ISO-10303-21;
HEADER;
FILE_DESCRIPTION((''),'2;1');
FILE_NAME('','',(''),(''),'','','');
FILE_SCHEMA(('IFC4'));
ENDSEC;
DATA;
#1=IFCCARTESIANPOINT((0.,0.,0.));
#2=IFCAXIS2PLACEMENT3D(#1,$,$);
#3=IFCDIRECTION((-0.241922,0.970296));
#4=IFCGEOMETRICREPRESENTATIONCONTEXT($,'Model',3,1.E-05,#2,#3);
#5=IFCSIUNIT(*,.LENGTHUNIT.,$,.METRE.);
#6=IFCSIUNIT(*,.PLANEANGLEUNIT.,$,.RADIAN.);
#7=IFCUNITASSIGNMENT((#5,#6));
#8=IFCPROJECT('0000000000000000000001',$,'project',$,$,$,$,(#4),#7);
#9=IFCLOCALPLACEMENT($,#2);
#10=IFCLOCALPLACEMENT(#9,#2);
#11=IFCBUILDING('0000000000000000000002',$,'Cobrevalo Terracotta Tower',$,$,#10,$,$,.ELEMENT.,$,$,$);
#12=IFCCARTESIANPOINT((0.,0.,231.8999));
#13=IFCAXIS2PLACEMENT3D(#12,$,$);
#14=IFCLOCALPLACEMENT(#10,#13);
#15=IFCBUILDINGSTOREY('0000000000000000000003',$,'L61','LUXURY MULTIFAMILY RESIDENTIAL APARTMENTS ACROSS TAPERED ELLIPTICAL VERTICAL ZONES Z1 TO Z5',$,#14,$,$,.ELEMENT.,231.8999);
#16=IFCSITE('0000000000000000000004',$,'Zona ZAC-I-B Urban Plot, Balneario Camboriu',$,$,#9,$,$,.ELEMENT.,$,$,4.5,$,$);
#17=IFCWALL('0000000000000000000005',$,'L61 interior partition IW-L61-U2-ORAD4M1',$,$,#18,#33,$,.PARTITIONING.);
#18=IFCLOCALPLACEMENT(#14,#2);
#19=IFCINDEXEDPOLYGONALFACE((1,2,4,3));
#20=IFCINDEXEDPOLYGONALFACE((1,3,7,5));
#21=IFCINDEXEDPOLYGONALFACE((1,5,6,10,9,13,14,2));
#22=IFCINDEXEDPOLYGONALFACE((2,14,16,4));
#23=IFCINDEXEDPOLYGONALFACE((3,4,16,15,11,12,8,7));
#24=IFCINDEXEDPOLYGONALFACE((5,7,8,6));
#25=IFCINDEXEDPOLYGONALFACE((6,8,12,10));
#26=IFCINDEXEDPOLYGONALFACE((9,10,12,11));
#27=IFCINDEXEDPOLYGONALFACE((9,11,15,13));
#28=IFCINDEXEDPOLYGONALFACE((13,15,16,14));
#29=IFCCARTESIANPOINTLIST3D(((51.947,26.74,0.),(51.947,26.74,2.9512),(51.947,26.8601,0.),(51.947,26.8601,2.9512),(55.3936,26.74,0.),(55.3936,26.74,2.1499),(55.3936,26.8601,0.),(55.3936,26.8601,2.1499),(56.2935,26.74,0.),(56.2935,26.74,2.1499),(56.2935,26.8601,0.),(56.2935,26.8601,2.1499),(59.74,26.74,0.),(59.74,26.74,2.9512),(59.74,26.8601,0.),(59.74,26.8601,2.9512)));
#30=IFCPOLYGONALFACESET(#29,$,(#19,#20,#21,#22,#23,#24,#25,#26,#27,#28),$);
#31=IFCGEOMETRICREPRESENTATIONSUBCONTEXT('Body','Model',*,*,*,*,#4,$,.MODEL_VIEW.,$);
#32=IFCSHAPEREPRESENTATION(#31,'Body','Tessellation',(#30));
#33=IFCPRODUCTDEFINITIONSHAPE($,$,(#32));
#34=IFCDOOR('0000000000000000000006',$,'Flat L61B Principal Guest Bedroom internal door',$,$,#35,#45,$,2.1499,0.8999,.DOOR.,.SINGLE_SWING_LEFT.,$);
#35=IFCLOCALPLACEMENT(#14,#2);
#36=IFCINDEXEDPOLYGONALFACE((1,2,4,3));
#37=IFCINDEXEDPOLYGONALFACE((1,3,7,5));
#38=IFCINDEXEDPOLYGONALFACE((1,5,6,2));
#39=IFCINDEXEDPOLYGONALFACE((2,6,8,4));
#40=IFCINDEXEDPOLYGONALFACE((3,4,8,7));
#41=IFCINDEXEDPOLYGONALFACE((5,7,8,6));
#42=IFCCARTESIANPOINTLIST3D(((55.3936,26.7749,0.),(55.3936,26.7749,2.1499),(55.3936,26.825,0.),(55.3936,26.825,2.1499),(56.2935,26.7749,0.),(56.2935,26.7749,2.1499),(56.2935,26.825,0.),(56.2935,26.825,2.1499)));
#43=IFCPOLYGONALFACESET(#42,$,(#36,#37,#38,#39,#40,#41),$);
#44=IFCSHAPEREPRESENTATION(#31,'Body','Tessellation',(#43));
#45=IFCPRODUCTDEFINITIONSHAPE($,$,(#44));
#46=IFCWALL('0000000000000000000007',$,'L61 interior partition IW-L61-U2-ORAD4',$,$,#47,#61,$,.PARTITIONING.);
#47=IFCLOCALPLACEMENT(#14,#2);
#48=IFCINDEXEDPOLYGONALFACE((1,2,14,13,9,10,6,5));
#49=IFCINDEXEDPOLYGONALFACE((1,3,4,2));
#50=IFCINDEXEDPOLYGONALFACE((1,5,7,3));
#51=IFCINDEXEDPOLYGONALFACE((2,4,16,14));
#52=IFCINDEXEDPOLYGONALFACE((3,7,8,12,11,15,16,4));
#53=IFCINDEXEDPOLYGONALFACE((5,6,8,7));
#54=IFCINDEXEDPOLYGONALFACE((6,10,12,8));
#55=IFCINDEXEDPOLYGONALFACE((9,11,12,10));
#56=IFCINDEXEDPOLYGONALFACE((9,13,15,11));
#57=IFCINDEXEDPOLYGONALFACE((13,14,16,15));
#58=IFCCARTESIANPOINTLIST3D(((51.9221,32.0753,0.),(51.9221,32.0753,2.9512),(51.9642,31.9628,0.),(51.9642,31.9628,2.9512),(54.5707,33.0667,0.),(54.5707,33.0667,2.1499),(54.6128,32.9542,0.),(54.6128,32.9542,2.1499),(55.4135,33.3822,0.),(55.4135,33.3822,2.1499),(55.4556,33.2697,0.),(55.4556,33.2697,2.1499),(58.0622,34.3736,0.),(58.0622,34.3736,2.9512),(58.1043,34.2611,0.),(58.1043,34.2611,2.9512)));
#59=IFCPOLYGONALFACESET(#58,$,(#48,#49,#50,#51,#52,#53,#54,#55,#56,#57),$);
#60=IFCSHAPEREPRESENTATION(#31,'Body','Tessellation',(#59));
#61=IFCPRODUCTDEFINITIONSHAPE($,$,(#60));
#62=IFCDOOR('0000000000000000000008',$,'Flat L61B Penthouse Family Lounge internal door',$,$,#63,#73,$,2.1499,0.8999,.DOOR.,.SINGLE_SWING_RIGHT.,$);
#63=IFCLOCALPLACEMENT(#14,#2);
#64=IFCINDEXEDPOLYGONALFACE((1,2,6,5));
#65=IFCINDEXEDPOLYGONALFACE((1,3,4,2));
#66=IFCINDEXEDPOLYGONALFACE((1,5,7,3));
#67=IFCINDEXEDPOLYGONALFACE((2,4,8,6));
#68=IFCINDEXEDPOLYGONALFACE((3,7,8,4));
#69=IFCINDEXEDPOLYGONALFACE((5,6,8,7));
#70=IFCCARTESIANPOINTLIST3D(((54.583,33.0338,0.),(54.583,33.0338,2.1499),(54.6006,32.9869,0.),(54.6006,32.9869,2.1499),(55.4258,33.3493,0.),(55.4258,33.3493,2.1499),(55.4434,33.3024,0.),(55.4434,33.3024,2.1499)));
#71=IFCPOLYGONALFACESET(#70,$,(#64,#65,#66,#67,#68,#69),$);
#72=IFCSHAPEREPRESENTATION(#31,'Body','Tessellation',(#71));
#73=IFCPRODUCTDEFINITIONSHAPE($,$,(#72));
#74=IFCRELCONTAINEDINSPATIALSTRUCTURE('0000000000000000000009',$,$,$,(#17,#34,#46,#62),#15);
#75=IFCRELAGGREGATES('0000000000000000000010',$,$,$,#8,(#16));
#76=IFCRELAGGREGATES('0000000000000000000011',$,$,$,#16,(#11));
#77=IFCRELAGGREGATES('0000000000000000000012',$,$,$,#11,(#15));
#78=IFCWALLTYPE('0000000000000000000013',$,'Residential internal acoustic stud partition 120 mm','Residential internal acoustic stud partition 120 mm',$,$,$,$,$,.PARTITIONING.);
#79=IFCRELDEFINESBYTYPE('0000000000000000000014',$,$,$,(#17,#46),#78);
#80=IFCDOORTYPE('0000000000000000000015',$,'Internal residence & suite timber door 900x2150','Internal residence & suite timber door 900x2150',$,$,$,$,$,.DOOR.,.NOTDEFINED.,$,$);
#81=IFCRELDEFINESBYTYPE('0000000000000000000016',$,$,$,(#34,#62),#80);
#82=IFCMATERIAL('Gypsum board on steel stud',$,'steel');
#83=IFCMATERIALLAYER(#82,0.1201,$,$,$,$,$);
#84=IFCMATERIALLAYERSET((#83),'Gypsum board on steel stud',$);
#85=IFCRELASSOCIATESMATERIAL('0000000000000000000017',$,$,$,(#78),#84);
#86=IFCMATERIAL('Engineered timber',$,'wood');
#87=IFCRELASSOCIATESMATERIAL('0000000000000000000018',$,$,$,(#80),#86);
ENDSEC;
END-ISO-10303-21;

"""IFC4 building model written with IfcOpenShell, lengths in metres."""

from ifc_helpers import new_model, si_unit, direction, frame, frame_2d, origin, place, context, subcontext, project, spatial, rectangle, extrude, source, transform, mapped, material, layer, layer_set, type_object, element, fill, save


model = new_model("IFC4")

# Units and contexts
model_context = context("Model", 3, precision=1e-05, world=origin(), true_north=direction((-0.241922, 0.970296)))
body_context = subcontext(model_context, "Body", "Model", "MODEL_VIEW")
ifc_project = project(units=[si_unit("LENGTHUNIT", "METRE"), si_unit("PLANEANGLEUNIT", "RADIAN")], contexts=[model_context])

# Site, building, storey
site_placement = place(None, origin())
site = spatial("IfcSite", under=ifc_project, at=site_placement, Name="Zona ZAC-I-B Urban Plot, Balneario Camboriu", CompositionType="ELEMENT", RefElevation=4.5)
building_placement = place(site_placement, origin())
building = spatial("IfcBuilding", under=site, at=building_placement, Name="Cobrevalo Terracotta Tower", CompositionType="ELEMENT")
storey_placement = place(building_placement, frame((0.0, 0.0, 231.8999)))
storey = spatial("IfcBuildingStorey", under=building, at=storey_placement, Name="L61", Description="LUXURY MULTIFAMILY RESIDENTIAL APARTMENTS ACROSS TAPERED ELLIPTICAL VERTICAL ZONES Z1 TO Z5", CompositionType="ELEMENT", Elevation=231.8999)

# Walls, openings, doors
ifc_material_1 = material(Name="Gypsum board on steel stud", Category="steel")
ifc_layer_1 = layer(ifc_material_1, 0.1201)
ifc_layer_set_1 = layer_set([ifc_layer_1], Name="Gypsum board on steel stud")
wall_type = type_object("IfcWallType", Name="Residential internal acoustic stud partition 120 mm", Description="Residential internal acoustic stud partition 120 mm", PredefinedType="PARTITIONING", material=ifc_layer_set_1)
wall_1_placement = place(storey_placement, frame((51.947, 26.8, 0.0), z_axis=(0.0, 0.0, 1.0), x_axis=(1.0, 0.0, 0.0)))
wall_1 = element("IfcWall", 1, at=wall_1_placement, inside=storey, type_object=wall_type, Name="L61 interior partition IW-L61-U2-ORAD4M1", PredefinedType="PARTITIONING", context=body_context, shape_type="SweptSolid", body=[
    extrude(rectangle(XDim=7.793, YDim=0.1201, at=frame_2d((3.8965, 0.0))), origin(), (0.0, 0.0, 1.0), 2.9512),
])
opening_1_placement = place(wall_1_placement, frame((3.4465, 0.0, 0.0)))
opening_1 = element("IfcOpeningElement", 2, at=opening_1_placement, cuts=wall_1, PredefinedType="OPENING", context=body_context, shape_type="SweptSolid", body=[
    extrude(rectangle(XDim=0.8999, YDim=2.1499, at=frame_2d((0.45, 1.075))), frame((0.0, 0.0701, 0.0), z_axis=(0.0, -1.0, 0.0), x_axis=(1.0, 0.0, 0.0)), (0.0, 0.0, 1.0), 0.1401),
])
ifc_material_2 = material(Name="Engineered timber", Category="wood")
door_type = type_object("IfcDoorType", Name="Internal residence & suite timber door 900x2150", Description="Internal residence & suite timber door 900x2150", OperationType="NOTDEFINED", PredefinedType="DOOR", material=ifc_material_2)
shared_shape_1 = source(origin(), body_context, "Body", "SweptSolid", [
    extrude(rectangle(XDim=0.8999, YDim=2.1499, at=frame_2d((0.45, 1.075))), frame((0.0, 0.0249, 0.0), z_axis=(0.0, -1.0, 0.0), x_axis=(1.0, 0.0, 0.0)), (0.0, 0.0, 1.0), 0.05),
])
door_1_placement = place(opening_1_placement, origin())
door_1 = element("IfcDoor", 3, at=door_1_placement, inside=storey, type_object=door_type, Name="Flat L61B Principal Guest Bedroom internal door", OperationType="SINGLE_SWING_LEFT", OverallHeight=2.1499, OverallWidth=0.8999, PredefinedType="DOOR", context=body_context, shape_type="MappedRepresentation", body=[
    mapped(shared_shape_1, transform((0.0, 0.0, 0.0), scale=1.0)),
])
fill(opening_1, door_1)
wall_2_placement = place(storey_placement, frame((51.9431, 32.019, 0.0), z_axis=(0.0, 0.0, 1.0), x_axis=(0.93654, 0.35056, 0.0)))
wall_2 = element("IfcWall", 4, at=wall_2_placement, inside=storey, type_object=wall_type, Name="L61 interior partition IW-L61-U2-ORAD4", PredefinedType="PARTITIONING", context=body_context, shape_type="SweptSolid", body=[
    extrude(rectangle(XDim=6.5562, YDim=0.1201, at=frame_2d((3.2781, 0.0))), origin(), (0.0, 0.0, 1.0), 2.9512),
])
opening_2_placement = place(wall_2_placement, frame((2.8281, 0.0, 0.0)))
opening_2 = element("IfcOpeningElement", 5, at=opening_2_placement, cuts=wall_2, PredefinedType="OPENING", context=body_context, shape_type="SweptSolid", body=[
    extrude(rectangle(XDim=0.8999, YDim=2.1499, at=frame_2d((0.45, 1.075))), frame((0.0, 0.0701, 0.0), z_axis=(0.0, -1.0, 0.0), x_axis=(1.0, 0.0, 0.0)), (0.0, 0.0, 1.0), 0.1401),
])
door_2_placement = place(opening_2_placement, origin())
door_2 = element("IfcDoor", 6, at=door_2_placement, inside=storey, type_object=door_type, Name="Flat L61B Penthouse Family Lounge internal door", OperationType="SINGLE_SWING_RIGHT", OverallHeight=2.1499, OverallWidth=0.8999, PredefinedType="DOOR", context=body_context, shape_type="MappedRepresentation", body=[
    mapped(shared_shape_1, transform((0.0, 0.0, 0.0), scale=1.0)),
])
fill(opening_2, door_2)

save(model, "model.ifc")
